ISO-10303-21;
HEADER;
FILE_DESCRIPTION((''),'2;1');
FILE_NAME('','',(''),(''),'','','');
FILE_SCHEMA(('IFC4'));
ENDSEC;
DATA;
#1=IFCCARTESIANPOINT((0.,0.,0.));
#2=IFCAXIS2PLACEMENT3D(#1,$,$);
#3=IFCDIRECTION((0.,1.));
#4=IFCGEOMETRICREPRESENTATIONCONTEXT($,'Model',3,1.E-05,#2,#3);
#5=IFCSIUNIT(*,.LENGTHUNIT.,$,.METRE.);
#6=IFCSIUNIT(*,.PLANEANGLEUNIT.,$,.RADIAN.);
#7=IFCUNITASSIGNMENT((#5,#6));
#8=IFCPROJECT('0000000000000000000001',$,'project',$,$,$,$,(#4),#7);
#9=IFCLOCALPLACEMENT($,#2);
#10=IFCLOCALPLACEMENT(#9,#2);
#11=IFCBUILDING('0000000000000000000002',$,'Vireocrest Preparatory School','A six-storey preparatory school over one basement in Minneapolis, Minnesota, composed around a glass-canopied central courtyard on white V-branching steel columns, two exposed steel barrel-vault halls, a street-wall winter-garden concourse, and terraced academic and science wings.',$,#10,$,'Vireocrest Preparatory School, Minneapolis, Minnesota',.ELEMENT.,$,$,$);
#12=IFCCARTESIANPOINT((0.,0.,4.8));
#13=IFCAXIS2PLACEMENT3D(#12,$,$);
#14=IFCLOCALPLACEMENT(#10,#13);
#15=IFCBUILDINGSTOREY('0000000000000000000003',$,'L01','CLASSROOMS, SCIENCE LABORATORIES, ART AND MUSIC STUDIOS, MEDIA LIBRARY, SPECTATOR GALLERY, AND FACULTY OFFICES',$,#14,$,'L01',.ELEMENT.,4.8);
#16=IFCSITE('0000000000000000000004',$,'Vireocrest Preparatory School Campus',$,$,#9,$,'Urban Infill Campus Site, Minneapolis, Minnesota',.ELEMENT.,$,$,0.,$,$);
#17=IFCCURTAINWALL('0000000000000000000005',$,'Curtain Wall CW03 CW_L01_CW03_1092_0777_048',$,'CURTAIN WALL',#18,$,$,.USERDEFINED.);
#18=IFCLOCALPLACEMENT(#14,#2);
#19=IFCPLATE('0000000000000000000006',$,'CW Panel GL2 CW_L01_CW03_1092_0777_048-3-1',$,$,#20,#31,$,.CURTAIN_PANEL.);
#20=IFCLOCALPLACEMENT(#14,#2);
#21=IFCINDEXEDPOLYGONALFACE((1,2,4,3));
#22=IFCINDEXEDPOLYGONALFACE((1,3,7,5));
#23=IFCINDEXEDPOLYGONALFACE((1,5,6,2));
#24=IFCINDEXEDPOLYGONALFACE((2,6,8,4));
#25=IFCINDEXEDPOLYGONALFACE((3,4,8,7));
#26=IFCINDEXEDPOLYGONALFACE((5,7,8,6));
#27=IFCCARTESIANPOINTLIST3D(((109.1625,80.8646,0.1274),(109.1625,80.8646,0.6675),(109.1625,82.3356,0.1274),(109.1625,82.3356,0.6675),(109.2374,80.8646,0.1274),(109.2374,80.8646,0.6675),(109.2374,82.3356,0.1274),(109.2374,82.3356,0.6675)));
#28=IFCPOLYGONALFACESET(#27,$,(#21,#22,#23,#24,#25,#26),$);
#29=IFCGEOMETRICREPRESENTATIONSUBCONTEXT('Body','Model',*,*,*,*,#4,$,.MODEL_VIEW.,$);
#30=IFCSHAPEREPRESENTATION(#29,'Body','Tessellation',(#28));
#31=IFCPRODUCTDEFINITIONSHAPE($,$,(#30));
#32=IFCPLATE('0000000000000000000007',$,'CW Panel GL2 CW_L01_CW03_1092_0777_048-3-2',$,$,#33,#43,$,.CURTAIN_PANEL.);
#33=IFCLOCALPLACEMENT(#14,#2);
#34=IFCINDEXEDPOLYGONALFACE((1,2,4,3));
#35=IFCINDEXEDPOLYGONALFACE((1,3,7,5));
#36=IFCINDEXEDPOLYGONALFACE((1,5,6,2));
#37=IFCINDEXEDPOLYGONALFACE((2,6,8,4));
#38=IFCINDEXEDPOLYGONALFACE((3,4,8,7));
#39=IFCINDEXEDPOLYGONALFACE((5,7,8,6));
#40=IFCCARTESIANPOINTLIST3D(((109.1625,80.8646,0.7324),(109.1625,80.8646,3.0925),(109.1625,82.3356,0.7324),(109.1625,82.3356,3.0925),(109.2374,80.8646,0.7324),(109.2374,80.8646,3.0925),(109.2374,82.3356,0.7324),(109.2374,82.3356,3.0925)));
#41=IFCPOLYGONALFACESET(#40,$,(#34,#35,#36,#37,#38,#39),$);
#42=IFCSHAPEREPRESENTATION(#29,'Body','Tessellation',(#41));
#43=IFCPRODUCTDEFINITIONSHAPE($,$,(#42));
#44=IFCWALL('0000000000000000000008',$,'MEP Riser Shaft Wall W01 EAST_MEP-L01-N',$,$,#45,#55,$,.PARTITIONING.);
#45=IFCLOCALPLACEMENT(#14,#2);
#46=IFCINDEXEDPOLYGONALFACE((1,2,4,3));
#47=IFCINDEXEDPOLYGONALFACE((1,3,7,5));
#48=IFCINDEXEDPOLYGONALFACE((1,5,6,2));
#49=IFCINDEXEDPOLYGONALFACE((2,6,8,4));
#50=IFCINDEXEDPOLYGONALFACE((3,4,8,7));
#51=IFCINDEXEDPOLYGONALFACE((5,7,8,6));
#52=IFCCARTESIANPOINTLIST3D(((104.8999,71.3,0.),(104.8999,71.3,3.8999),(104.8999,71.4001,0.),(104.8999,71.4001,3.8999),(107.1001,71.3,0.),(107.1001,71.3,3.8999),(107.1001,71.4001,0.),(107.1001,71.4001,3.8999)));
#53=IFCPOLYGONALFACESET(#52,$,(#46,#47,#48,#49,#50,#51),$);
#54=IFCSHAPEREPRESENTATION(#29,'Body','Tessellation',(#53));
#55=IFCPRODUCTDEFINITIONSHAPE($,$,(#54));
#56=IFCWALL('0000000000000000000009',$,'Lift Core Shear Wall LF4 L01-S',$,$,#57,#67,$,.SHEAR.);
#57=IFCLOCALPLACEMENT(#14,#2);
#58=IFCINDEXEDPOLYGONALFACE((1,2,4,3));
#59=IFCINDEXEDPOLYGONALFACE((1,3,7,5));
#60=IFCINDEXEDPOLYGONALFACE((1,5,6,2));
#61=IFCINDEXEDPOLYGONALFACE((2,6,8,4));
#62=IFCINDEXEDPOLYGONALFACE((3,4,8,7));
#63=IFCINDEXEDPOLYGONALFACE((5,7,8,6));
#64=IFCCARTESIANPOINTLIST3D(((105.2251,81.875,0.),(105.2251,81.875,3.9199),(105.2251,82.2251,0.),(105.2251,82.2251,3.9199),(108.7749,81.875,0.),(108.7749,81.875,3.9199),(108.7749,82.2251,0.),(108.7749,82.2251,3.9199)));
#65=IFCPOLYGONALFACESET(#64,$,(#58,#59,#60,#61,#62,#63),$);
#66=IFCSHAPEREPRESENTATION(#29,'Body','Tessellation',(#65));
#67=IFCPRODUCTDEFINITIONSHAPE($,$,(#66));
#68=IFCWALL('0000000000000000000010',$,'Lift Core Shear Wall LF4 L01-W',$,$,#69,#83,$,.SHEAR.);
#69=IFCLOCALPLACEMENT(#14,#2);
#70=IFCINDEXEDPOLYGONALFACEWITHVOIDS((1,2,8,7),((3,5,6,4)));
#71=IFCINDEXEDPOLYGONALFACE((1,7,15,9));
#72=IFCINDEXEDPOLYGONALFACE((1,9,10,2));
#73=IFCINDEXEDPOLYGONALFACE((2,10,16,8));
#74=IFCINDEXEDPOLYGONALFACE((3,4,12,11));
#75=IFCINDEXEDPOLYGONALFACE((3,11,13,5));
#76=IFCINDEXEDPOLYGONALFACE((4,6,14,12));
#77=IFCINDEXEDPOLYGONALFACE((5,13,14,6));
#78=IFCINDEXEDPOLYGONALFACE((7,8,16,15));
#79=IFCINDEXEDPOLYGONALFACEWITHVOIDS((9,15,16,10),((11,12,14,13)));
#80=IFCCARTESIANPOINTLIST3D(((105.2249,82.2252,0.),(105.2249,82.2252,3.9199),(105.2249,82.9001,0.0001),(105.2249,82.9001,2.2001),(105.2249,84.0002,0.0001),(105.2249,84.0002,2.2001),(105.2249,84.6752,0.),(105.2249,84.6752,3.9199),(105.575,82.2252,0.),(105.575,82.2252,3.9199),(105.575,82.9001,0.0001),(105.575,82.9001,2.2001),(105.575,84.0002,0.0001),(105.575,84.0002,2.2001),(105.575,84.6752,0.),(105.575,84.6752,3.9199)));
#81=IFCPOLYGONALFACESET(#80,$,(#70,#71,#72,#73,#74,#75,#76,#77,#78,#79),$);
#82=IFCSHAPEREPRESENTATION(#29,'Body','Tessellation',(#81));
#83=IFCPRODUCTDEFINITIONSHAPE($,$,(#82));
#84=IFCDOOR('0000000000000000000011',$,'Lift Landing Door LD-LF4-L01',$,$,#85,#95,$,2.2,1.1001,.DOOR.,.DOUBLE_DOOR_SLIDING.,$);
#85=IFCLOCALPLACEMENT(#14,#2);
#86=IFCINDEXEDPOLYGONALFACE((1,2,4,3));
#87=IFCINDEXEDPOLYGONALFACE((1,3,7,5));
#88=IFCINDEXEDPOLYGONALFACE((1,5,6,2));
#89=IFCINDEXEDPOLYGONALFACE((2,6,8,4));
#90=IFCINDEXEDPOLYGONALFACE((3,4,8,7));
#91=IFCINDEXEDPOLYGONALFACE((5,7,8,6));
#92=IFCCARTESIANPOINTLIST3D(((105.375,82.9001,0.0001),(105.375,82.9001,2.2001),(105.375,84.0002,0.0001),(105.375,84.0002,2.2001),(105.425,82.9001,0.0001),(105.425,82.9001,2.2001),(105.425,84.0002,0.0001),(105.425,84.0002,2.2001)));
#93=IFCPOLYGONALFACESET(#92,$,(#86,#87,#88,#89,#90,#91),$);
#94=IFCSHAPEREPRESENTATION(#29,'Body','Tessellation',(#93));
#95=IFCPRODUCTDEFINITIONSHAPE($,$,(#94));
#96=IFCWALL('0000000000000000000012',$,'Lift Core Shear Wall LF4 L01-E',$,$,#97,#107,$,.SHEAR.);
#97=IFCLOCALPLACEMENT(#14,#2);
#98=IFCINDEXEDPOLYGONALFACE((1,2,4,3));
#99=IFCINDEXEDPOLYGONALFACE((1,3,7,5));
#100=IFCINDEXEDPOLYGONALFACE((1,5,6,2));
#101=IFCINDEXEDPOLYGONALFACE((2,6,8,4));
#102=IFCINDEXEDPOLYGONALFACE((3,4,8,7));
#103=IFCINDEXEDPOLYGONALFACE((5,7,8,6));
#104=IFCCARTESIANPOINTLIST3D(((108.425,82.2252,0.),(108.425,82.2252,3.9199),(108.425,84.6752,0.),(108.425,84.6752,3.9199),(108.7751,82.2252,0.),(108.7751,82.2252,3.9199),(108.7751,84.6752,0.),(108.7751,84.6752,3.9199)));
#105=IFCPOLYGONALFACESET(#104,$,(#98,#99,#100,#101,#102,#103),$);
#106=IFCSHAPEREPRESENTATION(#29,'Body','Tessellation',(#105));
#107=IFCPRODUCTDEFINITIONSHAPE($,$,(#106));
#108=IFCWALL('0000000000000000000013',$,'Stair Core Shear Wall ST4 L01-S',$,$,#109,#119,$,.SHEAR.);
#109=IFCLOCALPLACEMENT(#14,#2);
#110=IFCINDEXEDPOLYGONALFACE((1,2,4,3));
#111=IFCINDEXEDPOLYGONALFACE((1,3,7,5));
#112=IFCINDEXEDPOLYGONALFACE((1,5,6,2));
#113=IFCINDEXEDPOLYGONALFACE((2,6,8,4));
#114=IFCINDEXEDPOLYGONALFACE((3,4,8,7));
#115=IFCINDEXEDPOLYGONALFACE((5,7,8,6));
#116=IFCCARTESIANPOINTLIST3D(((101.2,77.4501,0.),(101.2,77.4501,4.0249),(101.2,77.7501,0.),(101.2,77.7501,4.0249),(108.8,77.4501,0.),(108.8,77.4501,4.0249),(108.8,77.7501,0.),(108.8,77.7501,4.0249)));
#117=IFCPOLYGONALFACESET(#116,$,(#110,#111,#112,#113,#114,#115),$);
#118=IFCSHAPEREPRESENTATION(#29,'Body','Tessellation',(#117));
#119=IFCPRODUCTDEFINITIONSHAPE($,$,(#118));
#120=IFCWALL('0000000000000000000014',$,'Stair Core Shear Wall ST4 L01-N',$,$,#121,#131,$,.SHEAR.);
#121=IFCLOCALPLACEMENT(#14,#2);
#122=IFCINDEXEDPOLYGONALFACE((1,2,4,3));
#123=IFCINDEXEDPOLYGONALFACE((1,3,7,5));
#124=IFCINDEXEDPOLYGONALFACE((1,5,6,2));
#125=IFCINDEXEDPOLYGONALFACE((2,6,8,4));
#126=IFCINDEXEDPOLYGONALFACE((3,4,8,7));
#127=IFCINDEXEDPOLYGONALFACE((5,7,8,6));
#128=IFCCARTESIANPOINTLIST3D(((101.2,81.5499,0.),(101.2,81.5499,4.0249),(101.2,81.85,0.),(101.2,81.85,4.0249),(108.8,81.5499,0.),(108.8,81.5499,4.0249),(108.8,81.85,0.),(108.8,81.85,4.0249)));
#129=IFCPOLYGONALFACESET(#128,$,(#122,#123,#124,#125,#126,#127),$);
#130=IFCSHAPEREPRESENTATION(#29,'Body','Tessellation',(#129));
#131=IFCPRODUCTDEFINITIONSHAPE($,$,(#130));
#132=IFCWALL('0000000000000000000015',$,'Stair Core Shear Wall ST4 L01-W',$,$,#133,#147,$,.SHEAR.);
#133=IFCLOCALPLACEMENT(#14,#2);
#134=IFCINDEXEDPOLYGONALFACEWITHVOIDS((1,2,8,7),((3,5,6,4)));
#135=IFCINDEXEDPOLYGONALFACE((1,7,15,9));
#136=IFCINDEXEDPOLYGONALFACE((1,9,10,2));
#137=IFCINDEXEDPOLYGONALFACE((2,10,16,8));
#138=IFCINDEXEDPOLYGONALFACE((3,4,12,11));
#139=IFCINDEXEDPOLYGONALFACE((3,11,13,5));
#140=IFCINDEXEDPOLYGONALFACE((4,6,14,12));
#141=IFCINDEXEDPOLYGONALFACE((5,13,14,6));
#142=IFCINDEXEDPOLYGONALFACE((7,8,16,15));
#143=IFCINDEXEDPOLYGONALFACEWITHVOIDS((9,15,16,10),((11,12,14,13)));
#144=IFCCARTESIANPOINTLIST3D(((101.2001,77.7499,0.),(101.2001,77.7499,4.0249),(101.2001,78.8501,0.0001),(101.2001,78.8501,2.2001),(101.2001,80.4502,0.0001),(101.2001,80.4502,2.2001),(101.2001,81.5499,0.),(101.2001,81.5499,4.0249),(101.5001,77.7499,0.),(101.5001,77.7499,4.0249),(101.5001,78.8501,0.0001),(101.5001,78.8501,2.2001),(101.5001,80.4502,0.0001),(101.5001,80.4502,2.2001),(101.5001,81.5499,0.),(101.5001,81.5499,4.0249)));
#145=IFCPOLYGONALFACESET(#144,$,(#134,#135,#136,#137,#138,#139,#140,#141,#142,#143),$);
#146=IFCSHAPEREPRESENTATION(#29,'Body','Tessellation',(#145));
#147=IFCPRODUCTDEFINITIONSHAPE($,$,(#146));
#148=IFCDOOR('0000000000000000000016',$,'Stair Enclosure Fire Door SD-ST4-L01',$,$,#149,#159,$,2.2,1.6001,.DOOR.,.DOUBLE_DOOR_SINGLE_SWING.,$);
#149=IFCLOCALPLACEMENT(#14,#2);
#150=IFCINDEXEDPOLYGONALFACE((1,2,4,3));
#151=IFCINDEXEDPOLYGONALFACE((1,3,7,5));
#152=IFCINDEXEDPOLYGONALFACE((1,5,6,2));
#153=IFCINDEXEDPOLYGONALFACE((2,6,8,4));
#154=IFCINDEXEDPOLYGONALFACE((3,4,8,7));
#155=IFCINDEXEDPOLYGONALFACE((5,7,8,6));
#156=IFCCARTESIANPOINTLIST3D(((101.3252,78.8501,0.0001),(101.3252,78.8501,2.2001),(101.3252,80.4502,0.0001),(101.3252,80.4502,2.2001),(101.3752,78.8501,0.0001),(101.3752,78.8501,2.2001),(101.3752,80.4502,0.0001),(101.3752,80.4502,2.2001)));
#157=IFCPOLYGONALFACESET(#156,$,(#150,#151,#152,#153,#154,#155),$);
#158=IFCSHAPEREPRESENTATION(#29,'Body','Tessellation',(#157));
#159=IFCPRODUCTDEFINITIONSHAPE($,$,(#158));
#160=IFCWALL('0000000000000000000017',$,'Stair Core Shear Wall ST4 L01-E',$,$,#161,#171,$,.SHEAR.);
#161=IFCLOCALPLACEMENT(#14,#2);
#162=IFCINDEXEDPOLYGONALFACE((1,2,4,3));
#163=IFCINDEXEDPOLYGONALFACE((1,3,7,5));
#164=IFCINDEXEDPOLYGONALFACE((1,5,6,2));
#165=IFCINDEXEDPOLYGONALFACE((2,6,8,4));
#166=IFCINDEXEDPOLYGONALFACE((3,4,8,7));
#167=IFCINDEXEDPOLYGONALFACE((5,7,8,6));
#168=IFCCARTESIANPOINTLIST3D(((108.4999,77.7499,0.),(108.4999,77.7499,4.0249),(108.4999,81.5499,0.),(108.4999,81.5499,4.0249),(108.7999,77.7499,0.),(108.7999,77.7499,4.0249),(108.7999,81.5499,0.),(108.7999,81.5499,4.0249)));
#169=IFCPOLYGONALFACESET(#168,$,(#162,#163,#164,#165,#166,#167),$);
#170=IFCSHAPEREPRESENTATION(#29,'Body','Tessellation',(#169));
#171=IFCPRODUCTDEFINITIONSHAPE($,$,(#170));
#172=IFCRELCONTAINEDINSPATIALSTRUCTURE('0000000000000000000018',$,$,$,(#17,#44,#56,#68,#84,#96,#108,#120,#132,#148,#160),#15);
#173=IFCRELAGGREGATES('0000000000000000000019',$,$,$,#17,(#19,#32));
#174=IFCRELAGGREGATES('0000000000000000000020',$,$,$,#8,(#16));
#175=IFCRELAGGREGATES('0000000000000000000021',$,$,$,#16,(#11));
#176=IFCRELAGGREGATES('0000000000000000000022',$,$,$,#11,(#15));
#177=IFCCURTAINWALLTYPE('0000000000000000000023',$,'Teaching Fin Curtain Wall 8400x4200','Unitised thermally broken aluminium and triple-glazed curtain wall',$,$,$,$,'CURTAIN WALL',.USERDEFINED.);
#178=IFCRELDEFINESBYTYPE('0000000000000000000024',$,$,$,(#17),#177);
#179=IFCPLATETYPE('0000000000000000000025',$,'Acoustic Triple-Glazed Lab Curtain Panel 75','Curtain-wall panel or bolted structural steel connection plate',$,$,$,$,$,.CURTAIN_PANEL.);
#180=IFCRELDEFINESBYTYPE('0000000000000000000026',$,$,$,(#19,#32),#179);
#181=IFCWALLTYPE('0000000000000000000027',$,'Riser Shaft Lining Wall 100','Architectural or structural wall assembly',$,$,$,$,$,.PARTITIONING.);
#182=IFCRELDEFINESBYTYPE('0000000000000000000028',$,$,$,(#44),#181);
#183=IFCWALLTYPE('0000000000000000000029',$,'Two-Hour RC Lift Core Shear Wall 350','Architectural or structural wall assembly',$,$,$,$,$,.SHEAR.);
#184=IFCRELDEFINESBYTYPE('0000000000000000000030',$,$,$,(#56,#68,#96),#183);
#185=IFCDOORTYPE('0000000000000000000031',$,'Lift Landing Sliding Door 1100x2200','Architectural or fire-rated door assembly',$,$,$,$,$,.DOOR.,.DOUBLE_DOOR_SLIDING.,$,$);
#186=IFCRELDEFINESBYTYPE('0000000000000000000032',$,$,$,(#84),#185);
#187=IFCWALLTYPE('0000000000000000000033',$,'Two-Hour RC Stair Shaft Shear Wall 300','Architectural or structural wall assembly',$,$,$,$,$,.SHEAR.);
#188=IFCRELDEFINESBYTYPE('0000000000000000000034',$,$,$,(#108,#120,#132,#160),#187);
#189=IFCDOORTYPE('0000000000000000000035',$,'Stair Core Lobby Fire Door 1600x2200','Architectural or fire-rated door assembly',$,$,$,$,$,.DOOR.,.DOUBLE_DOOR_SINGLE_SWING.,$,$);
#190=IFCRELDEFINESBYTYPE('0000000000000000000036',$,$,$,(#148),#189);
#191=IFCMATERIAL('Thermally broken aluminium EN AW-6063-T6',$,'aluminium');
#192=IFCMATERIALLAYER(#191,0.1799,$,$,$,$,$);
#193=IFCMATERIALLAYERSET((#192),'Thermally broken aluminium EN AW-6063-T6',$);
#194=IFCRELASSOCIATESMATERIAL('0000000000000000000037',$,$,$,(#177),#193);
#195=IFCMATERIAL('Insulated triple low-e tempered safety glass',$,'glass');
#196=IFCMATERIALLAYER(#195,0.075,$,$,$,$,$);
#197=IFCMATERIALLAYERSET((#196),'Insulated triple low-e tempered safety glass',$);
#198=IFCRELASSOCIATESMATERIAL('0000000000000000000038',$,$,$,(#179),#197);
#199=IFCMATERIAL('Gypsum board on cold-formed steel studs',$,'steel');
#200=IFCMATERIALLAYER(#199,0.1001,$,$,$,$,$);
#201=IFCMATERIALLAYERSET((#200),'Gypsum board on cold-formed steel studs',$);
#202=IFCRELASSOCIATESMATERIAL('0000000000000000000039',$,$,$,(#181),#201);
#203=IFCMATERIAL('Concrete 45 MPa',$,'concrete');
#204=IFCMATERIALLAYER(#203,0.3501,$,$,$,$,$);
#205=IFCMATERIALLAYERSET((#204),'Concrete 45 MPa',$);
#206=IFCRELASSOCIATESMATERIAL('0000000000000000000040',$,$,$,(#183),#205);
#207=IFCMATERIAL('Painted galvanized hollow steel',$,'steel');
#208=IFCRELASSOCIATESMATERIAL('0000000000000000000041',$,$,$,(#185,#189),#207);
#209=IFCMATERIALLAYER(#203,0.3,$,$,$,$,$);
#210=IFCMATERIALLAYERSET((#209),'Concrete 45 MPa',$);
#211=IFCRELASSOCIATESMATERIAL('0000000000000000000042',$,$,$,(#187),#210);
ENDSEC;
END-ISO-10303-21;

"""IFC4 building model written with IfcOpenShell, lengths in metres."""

from ifc_helpers import new_model, si_unit, direction, frame, frame_2d, origin, origin_2d, place, context, subcontext, project, spatial, rectangle, extrude, material, layer, layer_set, type_object, element, fill, aggregate, save


model = new_model("IFC4")

# Units and contexts
model_context = context("Model", 3, precision=1e-05, world=origin(), true_north=direction((0.0, 1.0)))
body_context = subcontext(model_context, "Body", "Model", "MODEL_VIEW")
ifc_project = project(units=[si_unit("LENGTHUNIT", "METRE"), si_unit("PLANEANGLEUNIT", "RADIAN")], contexts=[model_context])

# Site, building, storey
site_placement = place(None, origin())
site = spatial("IfcSite", under=ifc_project, at=site_placement, Name="Vireocrest Preparatory School Campus", LongName="Urban Infill Campus Site, Minneapolis, Minnesota", CompositionType="ELEMENT", RefElevation=0.0)
building_placement = place(site_placement, origin())
building = spatial("IfcBuilding", under=site, at=building_placement, Name="Vireocrest Preparatory School", Description="A six-storey preparatory school over one basement in Minneapolis, Minnesota, composed around a glass-canopied central courtyard on white V-branching steel columns, two exposed steel barrel-vault halls, a street-wall winter-garden concourse, and terraced academic and science wings.", LongName="Vireocrest Preparatory School, Minneapolis, Minnesota", CompositionType="ELEMENT")
storey_placement = place(building_placement, frame((0.0, 0.0, 4.8)))
storey = spatial("IfcBuildingStorey", under=building, at=storey_placement, Name="L01", Description="CLASSROOMS, SCIENCE LABORATORIES, ART AND MUSIC STUDIOS, MEDIA LIBRARY, SPECTATOR GALLERY, AND FACULTY OFFICES", LongName="L01", CompositionType="ELEMENT", Elevation=4.8)

# Shared definitions
ifc_material_1 = material(Name="Concrete 45 MPa", Category="concrete")

# Curtain wall
ifc_material_2 = material(Name="Thermally broken aluminium EN AW-6063-T6", Category="aluminium")
ifc_layer_1 = layer(ifc_material_2, 0.1799)
ifc_layer_set_1 = layer_set([ifc_layer_1], Name="Thermally broken aluminium EN AW-6063-T6")
curtain_wall_type = type_object("IfcCurtainWallType", Name="Teaching Fin Curtain Wall 8400x4200", Description="Unitised thermally broken aluminium and triple-glazed curtain wall", ElementType="CURTAIN WALL", PredefinedType="USERDEFINED", material=ifc_layer_set_1)
curtain_wall_placement = place(storey_placement, origin())
curtain_wall = element("IfcCurtainWall", 1, at=curtain_wall_placement, inside=storey, type_object=curtain_wall_type, Name="Curtain Wall CW03 CW_L01_CW03_1092_0777_048", ObjectType="CURTAIN WALL", PredefinedType="USERDEFINED")

# Plates
ifc_material_3 = material(Name="Insulated triple low-e tempered safety glass", Category="glass")
ifc_layer_2 = layer(ifc_material_3, 0.075)
ifc_layer_set_2 = layer_set([ifc_layer_2], Name="Insulated triple low-e tempered safety glass")
plate_type = type_object("IfcPlateType", Name="Acoustic Triple-Glazed Lab Curtain Panel 75", Description="Curtain-wall panel or bolted structural steel connection plate", PredefinedType="CURTAIN_PANEL", material=ifc_layer_set_2)
plate_1_placement = place(storey_placement, frame((109.2, 81.6001, 0.1274), z_axis=(0.0, 0.0, 1.0), x_axis=(0.0, 1.0, 0.0)))
plate_1 = element("IfcPlate", 2, at=plate_1_placement, type_object=plate_type, Name="CW Panel GL2 CW_L01_CW03_1092_0777_048-3-1", PredefinedType="CURTAIN_PANEL", context=body_context, shape_type="SweptSolid", body=[
    extrude(rectangle(XDim=1.4709, YDim=0.075, at=origin_2d()), origin(), (0.0, 0.0, 1.0), 0.54),
])
plate_2_placement = place(storey_placement, frame((109.2, 81.6001, 0.7324), z_axis=(0.0, 0.0, 1.0), x_axis=(0.0, 1.0, 0.0)))
plate_2 = element("IfcPlate", 3, at=plate_2_placement, type_object=plate_type, Name="CW Panel GL2 CW_L01_CW03_1092_0777_048-3-2", PredefinedType="CURTAIN_PANEL", context=body_context, shape_type="SweptSolid", body=[
    extrude(rectangle(XDim=1.4709, YDim=0.075, at=origin_2d()), origin(), (0.0, 0.0, 1.0), 2.3601),
])
aggregate(curtain_wall, [plate_1, plate_2])

# Walls
ifc_material_4 = material(Name="Gypsum board on cold-formed steel studs", Category="steel")
ifc_layer_3 = layer(ifc_material_4, 0.1001)
ifc_layer_set_3 = layer_set([ifc_layer_3], Name="Gypsum board on cold-formed steel studs")
wall_type_1 = type_object("IfcWallType", Name="Riser Shaft Lining Wall 100", Description="Architectural or structural wall assembly", PredefinedType="PARTITIONING", material=ifc_layer_set_3)
wall_1_placement = place(storey_placement, frame((104.8999, 71.3501, 0.0), z_axis=(0.0, 0.0, 1.0), x_axis=(1.0, 0.0, 0.0)))
element("IfcWall", 4, at=wall_1_placement, inside=storey, type_object=wall_type_1, Name="MEP Riser Shaft Wall W01 EAST_MEP-L01-N", PredefinedType="PARTITIONING", context=body_context, shape_type="SweptSolid", body=[
    extrude(rectangle(XDim=2.2002, YDim=0.1001, at=frame_2d((1.1001, 0.0))), origin(), (0.0, 0.0, 1.0), 3.8999),
])
ifc_layer_4 = layer(ifc_material_1, 0.3501)
ifc_layer_set_4 = layer_set([ifc_layer_4], Name="Concrete 45 MPa")
wall_type_2 = type_object("IfcWallType", Name="Two-Hour RC Lift Core Shear Wall 350", Description="Architectural or structural wall assembly", PredefinedType="SHEAR", material=ifc_layer_set_4)
wall_2_placement = place(storey_placement, frame((105.2251, 82.05, 0.0), z_axis=(0.0, 0.0, 1.0), x_axis=(1.0, 0.0, 0.0)))
element("IfcWall", 5, at=wall_2_placement, inside=storey, type_object=wall_type_2, Name="Lift Core Shear Wall LF4 L01-S", PredefinedType="SHEAR", context=body_context, shape_type="SweptSolid", body=[
    extrude(rectangle(XDim=3.5498, YDim=0.3501, at=frame_2d((1.7749, 0.0))), origin(), (0.0, 0.0, 1.0), 3.9199),
])

# Wall, opening, door
wall_3_placement = place(storey_placement, frame((105.3999, 82.2251, 0.0), z_axis=(0.0, 0.0, 1.0), x_axis=(0.0, 1.0, 0.0)))
wall_3 = element("IfcWall", 6, at=wall_3_placement, inside=storey, type_object=wall_type_2, Name="Lift Core Shear Wall LF4 L01-W", PredefinedType="SHEAR", context=body_context, shape_type="SweptSolid", body=[
    extrude(rectangle(XDim=2.45, YDim=0.3501, at=frame_2d((1.2251, 0.0))), origin(), (0.0, 0.0, 1.0), 3.9199),
])
opening_1_placement = place(wall_3_placement, frame((0.675, 0.0, 0.0)))
opening_1 = element("IfcOpeningElement", 7, at=opening_1_placement, cuts=wall_3, PredefinedType="OPENING", context=body_context, shape_type="SweptSolid", body=[
    extrude(rectangle(XDim=1.1001, YDim=2.2, at=frame_2d((0.55, 1.1001))), frame((0.0, 0.1851, 0.0), z_axis=(0.0, -1.0, 0.0), x_axis=(1.0, 0.0, 0.0)), (0.0, 0.0, 1.0), 0.3701),
])
ifc_material_5 = material(Name="Painted galvanized hollow steel", Category="steel")
door_type_1 = type_object("IfcDoorType", Name="Lift Landing Sliding Door 1100x2200", Description="Architectural or fire-rated door assembly", OperationType="DOUBLE_DOOR_SLIDING", PredefinedType="DOOR", material=ifc_material_5)
door_1_placement = place(opening_1_placement, origin())
door_1 = element("IfcDoor", 8, at=door_1_placement, inside=storey, type_object=door_type_1, Name="Lift Landing Door LD-LF4-L01", OperationType="DOUBLE_DOOR_SLIDING", OverallHeight=2.2, OverallWidth=1.1001, PredefinedType="DOOR", context=body_context, shape_type="SweptSolid", body=[
    extrude(rectangle(XDim=1.1001, YDim=2.2, at=frame_2d((0.55, 1.1001))), frame((0.0, 0.0249, 0.0), z_axis=(0.0, -1.0, 0.0), x_axis=(1.0, 0.0, 0.0)), (0.0, 0.0, 1.0), 0.05),
])
fill(opening_1, door_1)

# Walls
wall_4_placement = place(storey_placement, frame((108.6001, 82.2251, 0.0), z_axis=(0.0, 0.0, 1.0), x_axis=(0.0, 1.0, 0.0)))
element("IfcWall", 9, at=wall_4_placement, inside=storey, type_object=wall_type_2, Name="Lift Core Shear Wall LF4 L01-E", PredefinedType="SHEAR", context=body_context, shape_type="SweptSolid", body=[
    extrude(rectangle(XDim=2.45, YDim=0.3501, at=frame_2d((1.2251, 0.0))), origin(), (0.0, 0.0, 1.0), 3.9199),
])
ifc_layer_5 = layer(ifc_material_1, 0.3)
ifc_layer_set_5 = layer_set([ifc_layer_5], Name="Concrete 45 MPa")
wall_type_3 = type_object("IfcWallType", Name="Two-Hour RC Stair Shaft Shear Wall 300", Description="Architectural or structural wall assembly", PredefinedType="SHEAR", material=ifc_layer_set_5)
for number, where, z_axis, x_axis, name in (
    (10, (101.2, 77.6001, 0.0), (0.0, 0.0, 1.0), (1.0, 0.0, 0.0), "Stair Core Shear Wall ST4 L01-S"),
    (11, (101.2, 81.7, 0.0), (0.0, 0.0, 1.0), (1.0, 0.0, 0.0), "Stair Core Shear Wall ST4 L01-N"),
):
    element("IfcWall", number, at=place(storey_placement, frame(where, z_axis=z_axis, x_axis=x_axis)), inside=storey, type_object=wall_type_3, Name=name, PredefinedType="SHEAR", context=body_context, shape_type="SweptSolid", body=[
        extrude(rectangle(XDim=7.6001, YDim=0.3, at=frame_2d((3.8, 0.0))), origin(), (0.0, 0.0, 1.0), 4.0249),
    ])

# Wall, opening, door
wall_5_placement = place(storey_placement, frame((101.3501, 77.75, 0.0), z_axis=(0.0, 0.0, 1.0), x_axis=(0.0, 1.0, 0.0)))
wall_5 = element("IfcWall", 12, at=wall_5_placement, inside=storey, type_object=wall_type_3, Name="Stair Core Shear Wall ST4 L01-W", PredefinedType="SHEAR", context=body_context, shape_type="SweptSolid", body=[
    extrude(rectangle(XDim=3.8, YDim=0.3, at=frame_2d((1.8999, 0.0))), origin(), (0.0, 0.0, 1.0), 4.0249),
])
opening_2_placement = place(wall_5_placement, frame((1.1001, 0.0, 0.0)))
opening_2 = element("IfcOpeningElement", 13, at=opening_2_placement, cuts=wall_5, PredefinedType="OPENING", context=body_context, shape_type="SweptSolid", body=[
    extrude(rectangle(XDim=1.6001, YDim=2.2, at=frame_2d((0.8, 1.1001))), frame((0.0, 0.1599, 0.0), z_axis=(0.0, -1.0, 0.0), x_axis=(1.0, 0.0, 0.0)), (0.0, 0.0, 1.0), 0.3201),
])
door_type_2 = type_object("IfcDoorType", Name="Stair Core Lobby Fire Door 1600x2200", Description="Architectural or fire-rated door assembly", OperationType="DOUBLE_DOOR_SINGLE_SWING", PredefinedType="DOOR", material=ifc_material_5)
door_2_placement = place(opening_2_placement, origin())
door_2 = element("IfcDoor", 14, at=door_2_placement, inside=storey, type_object=door_type_2, Name="Stair Enclosure Fire Door SD-ST4-L01", OperationType="DOUBLE_DOOR_SINGLE_SWING", OverallHeight=2.2, OverallWidth=1.6001, PredefinedType="DOOR", context=body_context, shape_type="SweptSolid", body=[
    extrude(rectangle(XDim=1.6001, YDim=2.2, at=frame_2d((0.8, 1.1001))), frame((0.0, 0.0249, 0.0), z_axis=(0.0, -1.0, 0.0), x_axis=(1.0, 0.0, 0.0)), (0.0, 0.0, 1.0), 0.05),
])
fill(opening_2, door_2)

# Wall
wall_6_placement = place(storey_placement, frame((108.6499, 77.75, 0.0), z_axis=(0.0, 0.0, 1.0), x_axis=(0.0, 1.0, 0.0)))
element("IfcWall", 15, at=wall_6_placement, inside=storey, type_object=wall_type_3, Name="Stair Core Shear Wall ST4 L01-E", PredefinedType="SHEAR", context=body_context, shape_type="SweptSolid", body=[
    extrude(rectangle(XDim=3.8, YDim=0.3, at=frame_2d((1.8999, 0.0))), origin(), (0.0, 0.0, 1.0), 4.0249),
])

save(model, "model.ifc")
